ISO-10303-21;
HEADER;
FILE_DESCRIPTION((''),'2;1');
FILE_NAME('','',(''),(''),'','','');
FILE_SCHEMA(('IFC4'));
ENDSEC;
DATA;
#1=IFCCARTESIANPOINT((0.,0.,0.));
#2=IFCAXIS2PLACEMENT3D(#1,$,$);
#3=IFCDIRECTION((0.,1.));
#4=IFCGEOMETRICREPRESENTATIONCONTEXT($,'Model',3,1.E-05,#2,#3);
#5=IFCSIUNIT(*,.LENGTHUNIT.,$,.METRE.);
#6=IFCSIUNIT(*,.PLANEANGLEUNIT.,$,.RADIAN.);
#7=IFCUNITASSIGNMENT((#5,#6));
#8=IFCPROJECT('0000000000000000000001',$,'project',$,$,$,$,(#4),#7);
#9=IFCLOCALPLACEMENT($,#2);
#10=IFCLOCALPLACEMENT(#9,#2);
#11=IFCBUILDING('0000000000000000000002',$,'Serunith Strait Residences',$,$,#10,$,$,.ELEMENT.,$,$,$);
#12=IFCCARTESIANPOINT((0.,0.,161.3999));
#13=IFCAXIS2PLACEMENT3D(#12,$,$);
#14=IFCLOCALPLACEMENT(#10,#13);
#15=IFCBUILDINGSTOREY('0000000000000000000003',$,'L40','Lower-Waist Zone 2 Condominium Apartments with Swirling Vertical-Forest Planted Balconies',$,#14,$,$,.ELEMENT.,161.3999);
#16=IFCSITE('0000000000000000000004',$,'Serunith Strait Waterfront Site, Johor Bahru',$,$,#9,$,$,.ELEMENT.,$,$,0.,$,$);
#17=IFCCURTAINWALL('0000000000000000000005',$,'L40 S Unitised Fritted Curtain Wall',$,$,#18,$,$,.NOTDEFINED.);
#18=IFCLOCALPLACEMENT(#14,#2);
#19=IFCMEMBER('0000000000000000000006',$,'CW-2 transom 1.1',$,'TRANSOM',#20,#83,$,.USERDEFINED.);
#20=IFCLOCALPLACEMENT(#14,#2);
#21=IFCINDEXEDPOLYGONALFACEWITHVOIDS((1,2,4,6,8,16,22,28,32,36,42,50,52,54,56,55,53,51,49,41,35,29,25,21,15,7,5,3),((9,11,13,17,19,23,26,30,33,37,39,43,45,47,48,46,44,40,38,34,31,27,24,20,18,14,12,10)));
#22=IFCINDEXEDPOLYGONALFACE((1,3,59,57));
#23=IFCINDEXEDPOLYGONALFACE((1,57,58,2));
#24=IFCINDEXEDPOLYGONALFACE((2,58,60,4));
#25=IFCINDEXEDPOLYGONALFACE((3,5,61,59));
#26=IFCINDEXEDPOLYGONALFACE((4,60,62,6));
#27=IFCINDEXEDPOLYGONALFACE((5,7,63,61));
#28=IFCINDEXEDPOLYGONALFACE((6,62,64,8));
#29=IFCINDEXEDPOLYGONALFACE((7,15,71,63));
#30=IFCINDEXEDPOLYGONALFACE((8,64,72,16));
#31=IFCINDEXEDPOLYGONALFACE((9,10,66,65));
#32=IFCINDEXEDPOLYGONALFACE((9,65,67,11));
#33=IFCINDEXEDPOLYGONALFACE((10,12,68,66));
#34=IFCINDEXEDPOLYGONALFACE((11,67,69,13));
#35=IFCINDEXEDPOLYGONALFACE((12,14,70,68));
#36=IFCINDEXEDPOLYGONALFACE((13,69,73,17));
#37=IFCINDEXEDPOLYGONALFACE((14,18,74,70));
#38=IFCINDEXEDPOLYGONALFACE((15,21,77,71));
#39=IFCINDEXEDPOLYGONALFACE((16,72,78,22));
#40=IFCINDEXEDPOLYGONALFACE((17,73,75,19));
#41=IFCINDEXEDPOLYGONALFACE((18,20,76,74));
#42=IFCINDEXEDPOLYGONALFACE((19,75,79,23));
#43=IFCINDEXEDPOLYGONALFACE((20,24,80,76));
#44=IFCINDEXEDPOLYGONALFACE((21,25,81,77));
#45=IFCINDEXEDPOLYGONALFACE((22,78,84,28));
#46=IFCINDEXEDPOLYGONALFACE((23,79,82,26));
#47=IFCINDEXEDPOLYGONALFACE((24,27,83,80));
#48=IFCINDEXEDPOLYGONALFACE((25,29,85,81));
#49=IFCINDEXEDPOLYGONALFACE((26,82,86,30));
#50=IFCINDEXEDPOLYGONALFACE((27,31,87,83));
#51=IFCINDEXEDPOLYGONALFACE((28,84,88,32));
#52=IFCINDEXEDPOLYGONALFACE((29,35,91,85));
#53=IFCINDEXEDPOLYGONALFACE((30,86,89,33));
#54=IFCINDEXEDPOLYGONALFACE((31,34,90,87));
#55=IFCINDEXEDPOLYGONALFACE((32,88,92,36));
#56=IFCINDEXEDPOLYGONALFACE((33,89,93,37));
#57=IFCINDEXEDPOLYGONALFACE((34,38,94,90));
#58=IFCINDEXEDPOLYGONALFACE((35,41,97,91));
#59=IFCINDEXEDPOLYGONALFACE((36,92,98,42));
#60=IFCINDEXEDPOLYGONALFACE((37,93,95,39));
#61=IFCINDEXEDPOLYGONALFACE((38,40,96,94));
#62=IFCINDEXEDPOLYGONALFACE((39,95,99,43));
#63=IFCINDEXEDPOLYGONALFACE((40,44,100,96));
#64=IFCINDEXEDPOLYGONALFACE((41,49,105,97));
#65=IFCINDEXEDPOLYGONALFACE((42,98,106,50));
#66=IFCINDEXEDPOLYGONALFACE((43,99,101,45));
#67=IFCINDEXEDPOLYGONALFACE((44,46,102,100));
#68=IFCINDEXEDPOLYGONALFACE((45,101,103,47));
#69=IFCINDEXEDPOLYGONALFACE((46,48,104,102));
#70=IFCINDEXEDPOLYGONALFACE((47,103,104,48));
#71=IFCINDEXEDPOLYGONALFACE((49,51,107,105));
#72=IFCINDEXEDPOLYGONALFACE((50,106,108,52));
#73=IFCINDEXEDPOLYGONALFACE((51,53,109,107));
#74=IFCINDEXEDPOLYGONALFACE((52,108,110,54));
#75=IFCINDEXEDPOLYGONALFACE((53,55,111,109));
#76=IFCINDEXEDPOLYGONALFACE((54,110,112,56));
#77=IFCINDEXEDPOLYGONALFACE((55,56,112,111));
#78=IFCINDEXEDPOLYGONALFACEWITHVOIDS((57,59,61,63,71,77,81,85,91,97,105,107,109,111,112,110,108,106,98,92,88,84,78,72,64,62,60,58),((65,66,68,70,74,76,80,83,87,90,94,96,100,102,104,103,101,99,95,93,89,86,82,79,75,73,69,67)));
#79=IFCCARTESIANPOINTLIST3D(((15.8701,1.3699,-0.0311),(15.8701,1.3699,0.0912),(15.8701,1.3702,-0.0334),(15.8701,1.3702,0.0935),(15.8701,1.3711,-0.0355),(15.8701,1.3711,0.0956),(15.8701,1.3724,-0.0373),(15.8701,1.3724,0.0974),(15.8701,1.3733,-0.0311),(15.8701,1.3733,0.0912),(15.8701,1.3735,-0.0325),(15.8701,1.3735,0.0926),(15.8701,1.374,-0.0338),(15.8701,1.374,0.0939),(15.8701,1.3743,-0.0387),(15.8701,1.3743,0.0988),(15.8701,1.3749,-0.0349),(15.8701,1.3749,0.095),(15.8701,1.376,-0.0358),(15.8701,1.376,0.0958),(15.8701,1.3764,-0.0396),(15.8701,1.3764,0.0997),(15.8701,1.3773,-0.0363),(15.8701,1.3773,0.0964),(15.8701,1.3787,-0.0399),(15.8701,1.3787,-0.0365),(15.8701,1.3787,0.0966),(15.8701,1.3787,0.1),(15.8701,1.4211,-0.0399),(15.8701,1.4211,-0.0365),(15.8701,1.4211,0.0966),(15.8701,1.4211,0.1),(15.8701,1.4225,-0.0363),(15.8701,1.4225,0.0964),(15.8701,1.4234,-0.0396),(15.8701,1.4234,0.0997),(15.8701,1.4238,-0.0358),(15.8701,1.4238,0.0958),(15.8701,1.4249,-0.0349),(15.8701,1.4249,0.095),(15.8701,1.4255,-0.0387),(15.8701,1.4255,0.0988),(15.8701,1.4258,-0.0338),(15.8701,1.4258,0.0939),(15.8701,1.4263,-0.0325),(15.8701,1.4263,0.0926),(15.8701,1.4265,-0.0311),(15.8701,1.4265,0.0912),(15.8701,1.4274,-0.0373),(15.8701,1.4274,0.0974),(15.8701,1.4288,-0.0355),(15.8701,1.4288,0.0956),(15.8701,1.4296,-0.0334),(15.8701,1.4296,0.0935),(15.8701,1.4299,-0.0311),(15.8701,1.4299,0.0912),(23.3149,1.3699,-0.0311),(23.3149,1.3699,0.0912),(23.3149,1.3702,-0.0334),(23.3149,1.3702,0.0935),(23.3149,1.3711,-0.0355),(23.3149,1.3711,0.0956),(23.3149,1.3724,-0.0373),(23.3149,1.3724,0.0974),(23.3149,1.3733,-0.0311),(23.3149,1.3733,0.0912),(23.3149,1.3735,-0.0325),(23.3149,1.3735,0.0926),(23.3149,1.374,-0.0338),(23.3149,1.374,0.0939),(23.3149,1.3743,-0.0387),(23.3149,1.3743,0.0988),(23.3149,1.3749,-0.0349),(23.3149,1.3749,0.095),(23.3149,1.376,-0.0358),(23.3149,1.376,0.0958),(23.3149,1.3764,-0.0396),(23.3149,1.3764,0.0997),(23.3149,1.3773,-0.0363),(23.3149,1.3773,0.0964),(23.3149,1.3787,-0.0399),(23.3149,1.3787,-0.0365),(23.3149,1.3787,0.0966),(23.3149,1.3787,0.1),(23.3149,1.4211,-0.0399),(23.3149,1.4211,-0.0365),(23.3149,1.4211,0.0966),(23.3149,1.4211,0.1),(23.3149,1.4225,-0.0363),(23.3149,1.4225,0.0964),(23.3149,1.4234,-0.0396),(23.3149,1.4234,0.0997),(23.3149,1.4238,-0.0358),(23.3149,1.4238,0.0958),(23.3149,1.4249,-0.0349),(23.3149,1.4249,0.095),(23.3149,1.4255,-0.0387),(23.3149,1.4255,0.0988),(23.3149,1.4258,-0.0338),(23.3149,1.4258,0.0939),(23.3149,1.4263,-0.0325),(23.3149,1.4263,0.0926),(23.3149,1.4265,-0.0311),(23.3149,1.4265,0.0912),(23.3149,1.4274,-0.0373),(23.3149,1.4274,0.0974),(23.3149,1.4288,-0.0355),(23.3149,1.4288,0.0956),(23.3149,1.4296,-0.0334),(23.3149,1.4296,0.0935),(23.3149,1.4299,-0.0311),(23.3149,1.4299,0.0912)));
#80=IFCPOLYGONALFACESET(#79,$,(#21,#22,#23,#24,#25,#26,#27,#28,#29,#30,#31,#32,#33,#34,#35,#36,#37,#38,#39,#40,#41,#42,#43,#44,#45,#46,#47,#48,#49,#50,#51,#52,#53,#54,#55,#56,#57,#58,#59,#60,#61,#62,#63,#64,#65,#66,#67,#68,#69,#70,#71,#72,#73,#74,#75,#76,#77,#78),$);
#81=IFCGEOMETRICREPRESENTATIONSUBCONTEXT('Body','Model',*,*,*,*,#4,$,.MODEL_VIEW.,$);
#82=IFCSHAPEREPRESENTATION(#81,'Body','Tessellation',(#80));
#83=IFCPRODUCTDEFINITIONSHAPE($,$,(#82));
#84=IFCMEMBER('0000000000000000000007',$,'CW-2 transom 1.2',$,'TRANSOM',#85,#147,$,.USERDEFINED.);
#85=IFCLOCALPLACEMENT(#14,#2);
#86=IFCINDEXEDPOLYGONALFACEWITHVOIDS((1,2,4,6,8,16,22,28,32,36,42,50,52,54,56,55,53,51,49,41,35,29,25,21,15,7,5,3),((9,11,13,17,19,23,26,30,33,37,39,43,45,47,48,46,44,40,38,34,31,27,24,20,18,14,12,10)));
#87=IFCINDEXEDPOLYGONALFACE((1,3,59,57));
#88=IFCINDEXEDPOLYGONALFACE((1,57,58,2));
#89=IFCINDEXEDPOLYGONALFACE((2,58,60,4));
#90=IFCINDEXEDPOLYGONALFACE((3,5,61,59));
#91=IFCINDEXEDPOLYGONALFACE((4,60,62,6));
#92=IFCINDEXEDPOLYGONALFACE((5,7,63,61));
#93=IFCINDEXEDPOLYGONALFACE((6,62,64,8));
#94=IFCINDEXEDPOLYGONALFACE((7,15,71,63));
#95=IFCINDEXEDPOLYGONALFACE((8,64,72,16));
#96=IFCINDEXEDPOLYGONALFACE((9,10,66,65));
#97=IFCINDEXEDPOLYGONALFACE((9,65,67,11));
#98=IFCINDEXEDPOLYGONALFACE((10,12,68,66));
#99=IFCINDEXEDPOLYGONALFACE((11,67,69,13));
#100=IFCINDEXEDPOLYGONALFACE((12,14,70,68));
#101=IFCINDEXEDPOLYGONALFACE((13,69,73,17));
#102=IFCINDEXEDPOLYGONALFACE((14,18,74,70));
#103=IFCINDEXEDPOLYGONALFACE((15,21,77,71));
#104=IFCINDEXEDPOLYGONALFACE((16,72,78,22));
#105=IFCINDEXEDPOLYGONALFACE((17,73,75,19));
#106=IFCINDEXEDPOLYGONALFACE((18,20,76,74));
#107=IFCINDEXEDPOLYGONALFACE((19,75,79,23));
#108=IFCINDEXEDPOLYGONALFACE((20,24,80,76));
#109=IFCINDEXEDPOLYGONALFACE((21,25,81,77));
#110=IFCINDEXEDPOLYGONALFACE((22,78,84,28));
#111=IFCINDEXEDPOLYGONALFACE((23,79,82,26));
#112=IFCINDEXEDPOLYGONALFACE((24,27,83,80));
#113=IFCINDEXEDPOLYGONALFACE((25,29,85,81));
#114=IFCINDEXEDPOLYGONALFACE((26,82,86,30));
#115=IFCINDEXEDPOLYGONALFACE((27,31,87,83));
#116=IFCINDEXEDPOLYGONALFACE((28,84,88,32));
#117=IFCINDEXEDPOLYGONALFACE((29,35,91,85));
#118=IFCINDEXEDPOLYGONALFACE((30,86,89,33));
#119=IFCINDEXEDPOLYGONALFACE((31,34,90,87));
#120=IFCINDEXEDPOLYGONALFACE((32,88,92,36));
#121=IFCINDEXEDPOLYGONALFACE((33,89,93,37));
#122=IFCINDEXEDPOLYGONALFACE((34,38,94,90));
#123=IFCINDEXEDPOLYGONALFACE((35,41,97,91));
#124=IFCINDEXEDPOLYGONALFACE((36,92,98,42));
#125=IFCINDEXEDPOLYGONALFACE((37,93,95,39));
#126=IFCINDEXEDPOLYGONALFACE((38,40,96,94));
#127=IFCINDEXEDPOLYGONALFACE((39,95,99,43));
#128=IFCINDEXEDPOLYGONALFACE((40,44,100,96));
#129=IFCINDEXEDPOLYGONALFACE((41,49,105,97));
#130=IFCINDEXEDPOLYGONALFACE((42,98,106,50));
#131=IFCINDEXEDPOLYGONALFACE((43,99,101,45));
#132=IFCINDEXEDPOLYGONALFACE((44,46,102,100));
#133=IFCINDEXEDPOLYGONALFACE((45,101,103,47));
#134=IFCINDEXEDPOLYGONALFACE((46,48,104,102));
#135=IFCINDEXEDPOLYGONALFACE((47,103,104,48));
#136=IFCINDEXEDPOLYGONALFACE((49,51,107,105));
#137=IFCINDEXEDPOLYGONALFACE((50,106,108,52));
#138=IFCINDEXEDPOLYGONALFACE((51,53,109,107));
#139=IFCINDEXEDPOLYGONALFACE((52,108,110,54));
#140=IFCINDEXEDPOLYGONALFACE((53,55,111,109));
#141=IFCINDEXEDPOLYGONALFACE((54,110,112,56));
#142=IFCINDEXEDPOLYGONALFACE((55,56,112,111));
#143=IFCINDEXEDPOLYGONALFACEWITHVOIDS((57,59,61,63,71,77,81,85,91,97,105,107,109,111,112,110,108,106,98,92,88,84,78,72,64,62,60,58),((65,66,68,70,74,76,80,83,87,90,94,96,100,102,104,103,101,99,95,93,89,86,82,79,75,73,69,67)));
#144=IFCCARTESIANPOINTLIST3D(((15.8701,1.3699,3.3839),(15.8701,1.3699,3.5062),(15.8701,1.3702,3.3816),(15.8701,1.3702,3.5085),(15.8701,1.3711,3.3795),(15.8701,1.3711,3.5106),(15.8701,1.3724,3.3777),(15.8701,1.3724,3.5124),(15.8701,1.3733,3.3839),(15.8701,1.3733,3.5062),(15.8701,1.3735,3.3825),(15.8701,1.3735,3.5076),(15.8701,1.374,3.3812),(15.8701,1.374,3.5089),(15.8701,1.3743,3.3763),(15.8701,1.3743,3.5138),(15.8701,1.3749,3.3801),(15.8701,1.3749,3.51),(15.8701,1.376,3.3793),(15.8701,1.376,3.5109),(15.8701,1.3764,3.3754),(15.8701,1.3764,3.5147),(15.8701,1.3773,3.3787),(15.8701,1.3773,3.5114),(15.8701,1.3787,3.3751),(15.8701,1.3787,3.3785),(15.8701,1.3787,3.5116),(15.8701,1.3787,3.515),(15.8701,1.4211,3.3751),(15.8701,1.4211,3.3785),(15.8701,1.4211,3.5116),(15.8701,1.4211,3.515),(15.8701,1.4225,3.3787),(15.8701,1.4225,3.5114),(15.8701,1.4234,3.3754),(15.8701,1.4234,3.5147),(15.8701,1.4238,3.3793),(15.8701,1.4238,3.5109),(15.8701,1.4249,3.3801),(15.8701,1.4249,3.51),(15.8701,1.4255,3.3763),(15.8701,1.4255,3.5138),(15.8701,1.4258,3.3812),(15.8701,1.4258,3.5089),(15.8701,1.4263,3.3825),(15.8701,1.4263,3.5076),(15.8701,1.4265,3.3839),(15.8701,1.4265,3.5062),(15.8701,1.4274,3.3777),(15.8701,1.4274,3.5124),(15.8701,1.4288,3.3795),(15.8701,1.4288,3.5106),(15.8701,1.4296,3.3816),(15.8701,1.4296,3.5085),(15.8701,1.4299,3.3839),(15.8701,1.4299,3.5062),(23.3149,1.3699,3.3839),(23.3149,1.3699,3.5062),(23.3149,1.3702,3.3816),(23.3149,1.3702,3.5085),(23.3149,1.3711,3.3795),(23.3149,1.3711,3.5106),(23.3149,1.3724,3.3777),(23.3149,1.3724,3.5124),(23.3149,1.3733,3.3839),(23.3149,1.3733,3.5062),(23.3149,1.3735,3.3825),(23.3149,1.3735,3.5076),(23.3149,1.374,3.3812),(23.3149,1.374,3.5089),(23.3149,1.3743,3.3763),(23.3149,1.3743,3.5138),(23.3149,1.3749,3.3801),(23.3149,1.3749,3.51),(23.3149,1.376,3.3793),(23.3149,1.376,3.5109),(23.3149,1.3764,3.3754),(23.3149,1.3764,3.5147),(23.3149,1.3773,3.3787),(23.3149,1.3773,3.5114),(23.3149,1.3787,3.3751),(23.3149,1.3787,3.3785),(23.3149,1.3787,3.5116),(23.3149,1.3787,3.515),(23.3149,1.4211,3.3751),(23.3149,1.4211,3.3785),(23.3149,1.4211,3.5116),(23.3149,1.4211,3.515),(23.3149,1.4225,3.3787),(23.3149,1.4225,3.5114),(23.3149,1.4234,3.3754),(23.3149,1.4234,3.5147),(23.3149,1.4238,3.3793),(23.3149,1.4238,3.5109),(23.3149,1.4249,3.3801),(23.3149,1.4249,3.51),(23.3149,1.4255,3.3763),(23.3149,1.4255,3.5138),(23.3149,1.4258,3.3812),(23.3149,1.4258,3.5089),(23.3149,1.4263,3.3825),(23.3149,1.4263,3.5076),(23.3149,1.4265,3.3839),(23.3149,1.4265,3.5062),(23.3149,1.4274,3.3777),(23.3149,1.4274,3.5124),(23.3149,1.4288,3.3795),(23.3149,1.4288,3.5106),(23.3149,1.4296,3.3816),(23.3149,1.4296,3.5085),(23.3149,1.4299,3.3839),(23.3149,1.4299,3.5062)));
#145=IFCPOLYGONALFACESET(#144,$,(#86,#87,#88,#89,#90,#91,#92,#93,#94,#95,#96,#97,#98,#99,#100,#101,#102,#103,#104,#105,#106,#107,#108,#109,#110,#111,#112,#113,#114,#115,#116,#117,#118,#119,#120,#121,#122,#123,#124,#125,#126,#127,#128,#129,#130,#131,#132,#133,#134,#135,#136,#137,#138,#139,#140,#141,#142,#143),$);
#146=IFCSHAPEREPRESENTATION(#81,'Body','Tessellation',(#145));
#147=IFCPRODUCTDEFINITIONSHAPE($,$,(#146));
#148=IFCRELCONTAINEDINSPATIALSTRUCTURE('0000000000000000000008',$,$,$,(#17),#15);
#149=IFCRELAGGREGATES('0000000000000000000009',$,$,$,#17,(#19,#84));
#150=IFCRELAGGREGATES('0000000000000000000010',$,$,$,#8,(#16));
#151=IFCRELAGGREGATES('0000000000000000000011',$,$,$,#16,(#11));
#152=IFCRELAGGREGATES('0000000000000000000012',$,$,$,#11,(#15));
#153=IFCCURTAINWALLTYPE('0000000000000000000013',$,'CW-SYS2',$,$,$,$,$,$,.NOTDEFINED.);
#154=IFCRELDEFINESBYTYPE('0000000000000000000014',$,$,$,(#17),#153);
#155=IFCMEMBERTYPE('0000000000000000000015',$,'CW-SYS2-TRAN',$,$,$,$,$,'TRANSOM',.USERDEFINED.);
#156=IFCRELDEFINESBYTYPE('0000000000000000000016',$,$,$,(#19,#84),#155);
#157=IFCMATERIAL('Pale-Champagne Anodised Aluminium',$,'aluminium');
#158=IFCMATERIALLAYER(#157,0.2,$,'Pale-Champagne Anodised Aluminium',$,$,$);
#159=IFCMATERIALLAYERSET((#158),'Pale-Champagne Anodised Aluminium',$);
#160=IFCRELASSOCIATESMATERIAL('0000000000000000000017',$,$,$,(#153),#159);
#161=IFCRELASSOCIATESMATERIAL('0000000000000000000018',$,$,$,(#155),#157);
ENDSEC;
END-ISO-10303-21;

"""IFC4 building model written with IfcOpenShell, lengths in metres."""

from ifc_helpers import new_model, si_unit, direction, frame, origin, origin_2d, place, context, subcontext, project, spatial, hollow_rectangle, extrude, source, transform, mapped, material, layer, layer_set, material_profile, profile_set, type_object, element, aggregate, save


model = new_model("IFC4")

# Units and contexts
model_context = context("Model", 3, precision=1e-05, world=origin(), true_north=direction((0.0, 1.0)))
body_context = subcontext(model_context, "Body", "Model", "MODEL_VIEW")
ifc_project = project(units=[si_unit("LENGTHUNIT", "METRE"), si_unit("PLANEANGLEUNIT", "RADIAN")], contexts=[model_context])

# Site, building, storey
site_placement = place(None, origin())
site = spatial("IfcSite", under=ifc_project, at=site_placement, Name="Serunith Strait Waterfront Site, Johor Bahru", CompositionType="ELEMENT", RefElevation=0.0)
building_placement = place(site_placement, origin())
building = spatial("IfcBuilding", under=site, at=building_placement, Name="Serunith Strait Residences", CompositionType="ELEMENT")
storey_placement = place(building_placement, frame((0.0, 0.0, 161.3999)))
storey = spatial("IfcBuildingStorey", under=building, at=storey_placement, Name="L40", Description="Lower-Waist Zone 2 Condominium Apartments with Swirling Vertical-Forest Planted Balconies", CompositionType="ELEMENT", Elevation=161.3999)

# Curtain wall, members
ifc_material_1 = material(Name="Pale-Champagne Anodised Aluminium", Category="aluminium")
ifc_layer_1 = layer(ifc_material_1, 0.2, Name="Pale-Champagne Anodised Aluminium")
ifc_layer_set_1 = layer_set([ifc_layer_1], Name="Pale-Champagne Anodised Aluminium")
curtain_wall_type = type_object("IfcCurtainWallType", Name="CW-SYS2", PredefinedType="NOTDEFINED", material=ifc_layer_set_1)
curtain_wall_placement = place(storey_placement, origin())
curtain_wall = element("IfcCurtainWall", 1, at=curtain_wall_placement, inside=storey, type_object=curtain_wall_type, Name="L40 S Unitised Fritted Curtain Wall", PredefinedType="NOTDEFINED")
ifc_material_profile_1 = material_profile(ifc_material_1, hollow_rectangle(XDim=0.0601, YDim=0.1399, WallThickness=0.0034, InnerFilletRadius=0.0054, OuterFilletRadius=0.0088, at=origin_2d()), Name="ALU 140x60x3.5")
ifc_profile_set_1 = profile_set([ifc_material_profile_1], Name="Pale-Champagne Anodised Aluminium")
member_type_1 = type_object("IfcMemberType", Name="CW-SYS2-TRAN", ElementType="TRANSOM", PredefinedType="USERDEFINED", material=ifc_profile_set_1)
shared_shape_1 = source(origin(), body_context, "Body", "SweptSolid", [
    extrude(hollow_rectangle(XDim=0.0601, YDim=0.1399, WallThickness=0.0034, InnerFilletRadius=0.0054, OuterFilletRadius=0.0088, at=origin_2d()), origin(), (0.0, 0.0, 1.0), 7.4448),
])
member_1_placement = place(storey_placement, frame((15.8701, 1.3999, 0.03), z_axis=(1.0, 0.0, 0.0), x_axis=(0.0, 1.0, 0.0)))
member_1 = element("IfcMember", 2, at=member_1_placement, type_object=member_type_1, Name="CW-2 transom 1.1", ObjectType="TRANSOM", PredefinedType="USERDEFINED", context=body_context, shape_type="MappedRepresentation", body=[
    mapped(shared_shape_1, transform((0.0, 0.0, 0.0), scale=1.0)),
])
member_2_placement = place(storey_placement, frame((15.8701, 1.3999, 3.4451), z_axis=(1.0, 0.0, 0.0), x_axis=(0.0, 1.0, 0.0)))
member_2 = element("IfcMember", 3, at=member_2_placement, type_object=member_type_1, Name="CW-2 transom 1.2", ObjectType="TRANSOM", PredefinedType="USERDEFINED", context=body_context, shape_type="MappedRepresentation", body=[
    mapped(shared_shape_1, transform((0.0, 0.0, 0.0), scale=1.0)),
])
aggregate(curtain_wall, [member_1, member_2])

save(model, "model.ifc")
